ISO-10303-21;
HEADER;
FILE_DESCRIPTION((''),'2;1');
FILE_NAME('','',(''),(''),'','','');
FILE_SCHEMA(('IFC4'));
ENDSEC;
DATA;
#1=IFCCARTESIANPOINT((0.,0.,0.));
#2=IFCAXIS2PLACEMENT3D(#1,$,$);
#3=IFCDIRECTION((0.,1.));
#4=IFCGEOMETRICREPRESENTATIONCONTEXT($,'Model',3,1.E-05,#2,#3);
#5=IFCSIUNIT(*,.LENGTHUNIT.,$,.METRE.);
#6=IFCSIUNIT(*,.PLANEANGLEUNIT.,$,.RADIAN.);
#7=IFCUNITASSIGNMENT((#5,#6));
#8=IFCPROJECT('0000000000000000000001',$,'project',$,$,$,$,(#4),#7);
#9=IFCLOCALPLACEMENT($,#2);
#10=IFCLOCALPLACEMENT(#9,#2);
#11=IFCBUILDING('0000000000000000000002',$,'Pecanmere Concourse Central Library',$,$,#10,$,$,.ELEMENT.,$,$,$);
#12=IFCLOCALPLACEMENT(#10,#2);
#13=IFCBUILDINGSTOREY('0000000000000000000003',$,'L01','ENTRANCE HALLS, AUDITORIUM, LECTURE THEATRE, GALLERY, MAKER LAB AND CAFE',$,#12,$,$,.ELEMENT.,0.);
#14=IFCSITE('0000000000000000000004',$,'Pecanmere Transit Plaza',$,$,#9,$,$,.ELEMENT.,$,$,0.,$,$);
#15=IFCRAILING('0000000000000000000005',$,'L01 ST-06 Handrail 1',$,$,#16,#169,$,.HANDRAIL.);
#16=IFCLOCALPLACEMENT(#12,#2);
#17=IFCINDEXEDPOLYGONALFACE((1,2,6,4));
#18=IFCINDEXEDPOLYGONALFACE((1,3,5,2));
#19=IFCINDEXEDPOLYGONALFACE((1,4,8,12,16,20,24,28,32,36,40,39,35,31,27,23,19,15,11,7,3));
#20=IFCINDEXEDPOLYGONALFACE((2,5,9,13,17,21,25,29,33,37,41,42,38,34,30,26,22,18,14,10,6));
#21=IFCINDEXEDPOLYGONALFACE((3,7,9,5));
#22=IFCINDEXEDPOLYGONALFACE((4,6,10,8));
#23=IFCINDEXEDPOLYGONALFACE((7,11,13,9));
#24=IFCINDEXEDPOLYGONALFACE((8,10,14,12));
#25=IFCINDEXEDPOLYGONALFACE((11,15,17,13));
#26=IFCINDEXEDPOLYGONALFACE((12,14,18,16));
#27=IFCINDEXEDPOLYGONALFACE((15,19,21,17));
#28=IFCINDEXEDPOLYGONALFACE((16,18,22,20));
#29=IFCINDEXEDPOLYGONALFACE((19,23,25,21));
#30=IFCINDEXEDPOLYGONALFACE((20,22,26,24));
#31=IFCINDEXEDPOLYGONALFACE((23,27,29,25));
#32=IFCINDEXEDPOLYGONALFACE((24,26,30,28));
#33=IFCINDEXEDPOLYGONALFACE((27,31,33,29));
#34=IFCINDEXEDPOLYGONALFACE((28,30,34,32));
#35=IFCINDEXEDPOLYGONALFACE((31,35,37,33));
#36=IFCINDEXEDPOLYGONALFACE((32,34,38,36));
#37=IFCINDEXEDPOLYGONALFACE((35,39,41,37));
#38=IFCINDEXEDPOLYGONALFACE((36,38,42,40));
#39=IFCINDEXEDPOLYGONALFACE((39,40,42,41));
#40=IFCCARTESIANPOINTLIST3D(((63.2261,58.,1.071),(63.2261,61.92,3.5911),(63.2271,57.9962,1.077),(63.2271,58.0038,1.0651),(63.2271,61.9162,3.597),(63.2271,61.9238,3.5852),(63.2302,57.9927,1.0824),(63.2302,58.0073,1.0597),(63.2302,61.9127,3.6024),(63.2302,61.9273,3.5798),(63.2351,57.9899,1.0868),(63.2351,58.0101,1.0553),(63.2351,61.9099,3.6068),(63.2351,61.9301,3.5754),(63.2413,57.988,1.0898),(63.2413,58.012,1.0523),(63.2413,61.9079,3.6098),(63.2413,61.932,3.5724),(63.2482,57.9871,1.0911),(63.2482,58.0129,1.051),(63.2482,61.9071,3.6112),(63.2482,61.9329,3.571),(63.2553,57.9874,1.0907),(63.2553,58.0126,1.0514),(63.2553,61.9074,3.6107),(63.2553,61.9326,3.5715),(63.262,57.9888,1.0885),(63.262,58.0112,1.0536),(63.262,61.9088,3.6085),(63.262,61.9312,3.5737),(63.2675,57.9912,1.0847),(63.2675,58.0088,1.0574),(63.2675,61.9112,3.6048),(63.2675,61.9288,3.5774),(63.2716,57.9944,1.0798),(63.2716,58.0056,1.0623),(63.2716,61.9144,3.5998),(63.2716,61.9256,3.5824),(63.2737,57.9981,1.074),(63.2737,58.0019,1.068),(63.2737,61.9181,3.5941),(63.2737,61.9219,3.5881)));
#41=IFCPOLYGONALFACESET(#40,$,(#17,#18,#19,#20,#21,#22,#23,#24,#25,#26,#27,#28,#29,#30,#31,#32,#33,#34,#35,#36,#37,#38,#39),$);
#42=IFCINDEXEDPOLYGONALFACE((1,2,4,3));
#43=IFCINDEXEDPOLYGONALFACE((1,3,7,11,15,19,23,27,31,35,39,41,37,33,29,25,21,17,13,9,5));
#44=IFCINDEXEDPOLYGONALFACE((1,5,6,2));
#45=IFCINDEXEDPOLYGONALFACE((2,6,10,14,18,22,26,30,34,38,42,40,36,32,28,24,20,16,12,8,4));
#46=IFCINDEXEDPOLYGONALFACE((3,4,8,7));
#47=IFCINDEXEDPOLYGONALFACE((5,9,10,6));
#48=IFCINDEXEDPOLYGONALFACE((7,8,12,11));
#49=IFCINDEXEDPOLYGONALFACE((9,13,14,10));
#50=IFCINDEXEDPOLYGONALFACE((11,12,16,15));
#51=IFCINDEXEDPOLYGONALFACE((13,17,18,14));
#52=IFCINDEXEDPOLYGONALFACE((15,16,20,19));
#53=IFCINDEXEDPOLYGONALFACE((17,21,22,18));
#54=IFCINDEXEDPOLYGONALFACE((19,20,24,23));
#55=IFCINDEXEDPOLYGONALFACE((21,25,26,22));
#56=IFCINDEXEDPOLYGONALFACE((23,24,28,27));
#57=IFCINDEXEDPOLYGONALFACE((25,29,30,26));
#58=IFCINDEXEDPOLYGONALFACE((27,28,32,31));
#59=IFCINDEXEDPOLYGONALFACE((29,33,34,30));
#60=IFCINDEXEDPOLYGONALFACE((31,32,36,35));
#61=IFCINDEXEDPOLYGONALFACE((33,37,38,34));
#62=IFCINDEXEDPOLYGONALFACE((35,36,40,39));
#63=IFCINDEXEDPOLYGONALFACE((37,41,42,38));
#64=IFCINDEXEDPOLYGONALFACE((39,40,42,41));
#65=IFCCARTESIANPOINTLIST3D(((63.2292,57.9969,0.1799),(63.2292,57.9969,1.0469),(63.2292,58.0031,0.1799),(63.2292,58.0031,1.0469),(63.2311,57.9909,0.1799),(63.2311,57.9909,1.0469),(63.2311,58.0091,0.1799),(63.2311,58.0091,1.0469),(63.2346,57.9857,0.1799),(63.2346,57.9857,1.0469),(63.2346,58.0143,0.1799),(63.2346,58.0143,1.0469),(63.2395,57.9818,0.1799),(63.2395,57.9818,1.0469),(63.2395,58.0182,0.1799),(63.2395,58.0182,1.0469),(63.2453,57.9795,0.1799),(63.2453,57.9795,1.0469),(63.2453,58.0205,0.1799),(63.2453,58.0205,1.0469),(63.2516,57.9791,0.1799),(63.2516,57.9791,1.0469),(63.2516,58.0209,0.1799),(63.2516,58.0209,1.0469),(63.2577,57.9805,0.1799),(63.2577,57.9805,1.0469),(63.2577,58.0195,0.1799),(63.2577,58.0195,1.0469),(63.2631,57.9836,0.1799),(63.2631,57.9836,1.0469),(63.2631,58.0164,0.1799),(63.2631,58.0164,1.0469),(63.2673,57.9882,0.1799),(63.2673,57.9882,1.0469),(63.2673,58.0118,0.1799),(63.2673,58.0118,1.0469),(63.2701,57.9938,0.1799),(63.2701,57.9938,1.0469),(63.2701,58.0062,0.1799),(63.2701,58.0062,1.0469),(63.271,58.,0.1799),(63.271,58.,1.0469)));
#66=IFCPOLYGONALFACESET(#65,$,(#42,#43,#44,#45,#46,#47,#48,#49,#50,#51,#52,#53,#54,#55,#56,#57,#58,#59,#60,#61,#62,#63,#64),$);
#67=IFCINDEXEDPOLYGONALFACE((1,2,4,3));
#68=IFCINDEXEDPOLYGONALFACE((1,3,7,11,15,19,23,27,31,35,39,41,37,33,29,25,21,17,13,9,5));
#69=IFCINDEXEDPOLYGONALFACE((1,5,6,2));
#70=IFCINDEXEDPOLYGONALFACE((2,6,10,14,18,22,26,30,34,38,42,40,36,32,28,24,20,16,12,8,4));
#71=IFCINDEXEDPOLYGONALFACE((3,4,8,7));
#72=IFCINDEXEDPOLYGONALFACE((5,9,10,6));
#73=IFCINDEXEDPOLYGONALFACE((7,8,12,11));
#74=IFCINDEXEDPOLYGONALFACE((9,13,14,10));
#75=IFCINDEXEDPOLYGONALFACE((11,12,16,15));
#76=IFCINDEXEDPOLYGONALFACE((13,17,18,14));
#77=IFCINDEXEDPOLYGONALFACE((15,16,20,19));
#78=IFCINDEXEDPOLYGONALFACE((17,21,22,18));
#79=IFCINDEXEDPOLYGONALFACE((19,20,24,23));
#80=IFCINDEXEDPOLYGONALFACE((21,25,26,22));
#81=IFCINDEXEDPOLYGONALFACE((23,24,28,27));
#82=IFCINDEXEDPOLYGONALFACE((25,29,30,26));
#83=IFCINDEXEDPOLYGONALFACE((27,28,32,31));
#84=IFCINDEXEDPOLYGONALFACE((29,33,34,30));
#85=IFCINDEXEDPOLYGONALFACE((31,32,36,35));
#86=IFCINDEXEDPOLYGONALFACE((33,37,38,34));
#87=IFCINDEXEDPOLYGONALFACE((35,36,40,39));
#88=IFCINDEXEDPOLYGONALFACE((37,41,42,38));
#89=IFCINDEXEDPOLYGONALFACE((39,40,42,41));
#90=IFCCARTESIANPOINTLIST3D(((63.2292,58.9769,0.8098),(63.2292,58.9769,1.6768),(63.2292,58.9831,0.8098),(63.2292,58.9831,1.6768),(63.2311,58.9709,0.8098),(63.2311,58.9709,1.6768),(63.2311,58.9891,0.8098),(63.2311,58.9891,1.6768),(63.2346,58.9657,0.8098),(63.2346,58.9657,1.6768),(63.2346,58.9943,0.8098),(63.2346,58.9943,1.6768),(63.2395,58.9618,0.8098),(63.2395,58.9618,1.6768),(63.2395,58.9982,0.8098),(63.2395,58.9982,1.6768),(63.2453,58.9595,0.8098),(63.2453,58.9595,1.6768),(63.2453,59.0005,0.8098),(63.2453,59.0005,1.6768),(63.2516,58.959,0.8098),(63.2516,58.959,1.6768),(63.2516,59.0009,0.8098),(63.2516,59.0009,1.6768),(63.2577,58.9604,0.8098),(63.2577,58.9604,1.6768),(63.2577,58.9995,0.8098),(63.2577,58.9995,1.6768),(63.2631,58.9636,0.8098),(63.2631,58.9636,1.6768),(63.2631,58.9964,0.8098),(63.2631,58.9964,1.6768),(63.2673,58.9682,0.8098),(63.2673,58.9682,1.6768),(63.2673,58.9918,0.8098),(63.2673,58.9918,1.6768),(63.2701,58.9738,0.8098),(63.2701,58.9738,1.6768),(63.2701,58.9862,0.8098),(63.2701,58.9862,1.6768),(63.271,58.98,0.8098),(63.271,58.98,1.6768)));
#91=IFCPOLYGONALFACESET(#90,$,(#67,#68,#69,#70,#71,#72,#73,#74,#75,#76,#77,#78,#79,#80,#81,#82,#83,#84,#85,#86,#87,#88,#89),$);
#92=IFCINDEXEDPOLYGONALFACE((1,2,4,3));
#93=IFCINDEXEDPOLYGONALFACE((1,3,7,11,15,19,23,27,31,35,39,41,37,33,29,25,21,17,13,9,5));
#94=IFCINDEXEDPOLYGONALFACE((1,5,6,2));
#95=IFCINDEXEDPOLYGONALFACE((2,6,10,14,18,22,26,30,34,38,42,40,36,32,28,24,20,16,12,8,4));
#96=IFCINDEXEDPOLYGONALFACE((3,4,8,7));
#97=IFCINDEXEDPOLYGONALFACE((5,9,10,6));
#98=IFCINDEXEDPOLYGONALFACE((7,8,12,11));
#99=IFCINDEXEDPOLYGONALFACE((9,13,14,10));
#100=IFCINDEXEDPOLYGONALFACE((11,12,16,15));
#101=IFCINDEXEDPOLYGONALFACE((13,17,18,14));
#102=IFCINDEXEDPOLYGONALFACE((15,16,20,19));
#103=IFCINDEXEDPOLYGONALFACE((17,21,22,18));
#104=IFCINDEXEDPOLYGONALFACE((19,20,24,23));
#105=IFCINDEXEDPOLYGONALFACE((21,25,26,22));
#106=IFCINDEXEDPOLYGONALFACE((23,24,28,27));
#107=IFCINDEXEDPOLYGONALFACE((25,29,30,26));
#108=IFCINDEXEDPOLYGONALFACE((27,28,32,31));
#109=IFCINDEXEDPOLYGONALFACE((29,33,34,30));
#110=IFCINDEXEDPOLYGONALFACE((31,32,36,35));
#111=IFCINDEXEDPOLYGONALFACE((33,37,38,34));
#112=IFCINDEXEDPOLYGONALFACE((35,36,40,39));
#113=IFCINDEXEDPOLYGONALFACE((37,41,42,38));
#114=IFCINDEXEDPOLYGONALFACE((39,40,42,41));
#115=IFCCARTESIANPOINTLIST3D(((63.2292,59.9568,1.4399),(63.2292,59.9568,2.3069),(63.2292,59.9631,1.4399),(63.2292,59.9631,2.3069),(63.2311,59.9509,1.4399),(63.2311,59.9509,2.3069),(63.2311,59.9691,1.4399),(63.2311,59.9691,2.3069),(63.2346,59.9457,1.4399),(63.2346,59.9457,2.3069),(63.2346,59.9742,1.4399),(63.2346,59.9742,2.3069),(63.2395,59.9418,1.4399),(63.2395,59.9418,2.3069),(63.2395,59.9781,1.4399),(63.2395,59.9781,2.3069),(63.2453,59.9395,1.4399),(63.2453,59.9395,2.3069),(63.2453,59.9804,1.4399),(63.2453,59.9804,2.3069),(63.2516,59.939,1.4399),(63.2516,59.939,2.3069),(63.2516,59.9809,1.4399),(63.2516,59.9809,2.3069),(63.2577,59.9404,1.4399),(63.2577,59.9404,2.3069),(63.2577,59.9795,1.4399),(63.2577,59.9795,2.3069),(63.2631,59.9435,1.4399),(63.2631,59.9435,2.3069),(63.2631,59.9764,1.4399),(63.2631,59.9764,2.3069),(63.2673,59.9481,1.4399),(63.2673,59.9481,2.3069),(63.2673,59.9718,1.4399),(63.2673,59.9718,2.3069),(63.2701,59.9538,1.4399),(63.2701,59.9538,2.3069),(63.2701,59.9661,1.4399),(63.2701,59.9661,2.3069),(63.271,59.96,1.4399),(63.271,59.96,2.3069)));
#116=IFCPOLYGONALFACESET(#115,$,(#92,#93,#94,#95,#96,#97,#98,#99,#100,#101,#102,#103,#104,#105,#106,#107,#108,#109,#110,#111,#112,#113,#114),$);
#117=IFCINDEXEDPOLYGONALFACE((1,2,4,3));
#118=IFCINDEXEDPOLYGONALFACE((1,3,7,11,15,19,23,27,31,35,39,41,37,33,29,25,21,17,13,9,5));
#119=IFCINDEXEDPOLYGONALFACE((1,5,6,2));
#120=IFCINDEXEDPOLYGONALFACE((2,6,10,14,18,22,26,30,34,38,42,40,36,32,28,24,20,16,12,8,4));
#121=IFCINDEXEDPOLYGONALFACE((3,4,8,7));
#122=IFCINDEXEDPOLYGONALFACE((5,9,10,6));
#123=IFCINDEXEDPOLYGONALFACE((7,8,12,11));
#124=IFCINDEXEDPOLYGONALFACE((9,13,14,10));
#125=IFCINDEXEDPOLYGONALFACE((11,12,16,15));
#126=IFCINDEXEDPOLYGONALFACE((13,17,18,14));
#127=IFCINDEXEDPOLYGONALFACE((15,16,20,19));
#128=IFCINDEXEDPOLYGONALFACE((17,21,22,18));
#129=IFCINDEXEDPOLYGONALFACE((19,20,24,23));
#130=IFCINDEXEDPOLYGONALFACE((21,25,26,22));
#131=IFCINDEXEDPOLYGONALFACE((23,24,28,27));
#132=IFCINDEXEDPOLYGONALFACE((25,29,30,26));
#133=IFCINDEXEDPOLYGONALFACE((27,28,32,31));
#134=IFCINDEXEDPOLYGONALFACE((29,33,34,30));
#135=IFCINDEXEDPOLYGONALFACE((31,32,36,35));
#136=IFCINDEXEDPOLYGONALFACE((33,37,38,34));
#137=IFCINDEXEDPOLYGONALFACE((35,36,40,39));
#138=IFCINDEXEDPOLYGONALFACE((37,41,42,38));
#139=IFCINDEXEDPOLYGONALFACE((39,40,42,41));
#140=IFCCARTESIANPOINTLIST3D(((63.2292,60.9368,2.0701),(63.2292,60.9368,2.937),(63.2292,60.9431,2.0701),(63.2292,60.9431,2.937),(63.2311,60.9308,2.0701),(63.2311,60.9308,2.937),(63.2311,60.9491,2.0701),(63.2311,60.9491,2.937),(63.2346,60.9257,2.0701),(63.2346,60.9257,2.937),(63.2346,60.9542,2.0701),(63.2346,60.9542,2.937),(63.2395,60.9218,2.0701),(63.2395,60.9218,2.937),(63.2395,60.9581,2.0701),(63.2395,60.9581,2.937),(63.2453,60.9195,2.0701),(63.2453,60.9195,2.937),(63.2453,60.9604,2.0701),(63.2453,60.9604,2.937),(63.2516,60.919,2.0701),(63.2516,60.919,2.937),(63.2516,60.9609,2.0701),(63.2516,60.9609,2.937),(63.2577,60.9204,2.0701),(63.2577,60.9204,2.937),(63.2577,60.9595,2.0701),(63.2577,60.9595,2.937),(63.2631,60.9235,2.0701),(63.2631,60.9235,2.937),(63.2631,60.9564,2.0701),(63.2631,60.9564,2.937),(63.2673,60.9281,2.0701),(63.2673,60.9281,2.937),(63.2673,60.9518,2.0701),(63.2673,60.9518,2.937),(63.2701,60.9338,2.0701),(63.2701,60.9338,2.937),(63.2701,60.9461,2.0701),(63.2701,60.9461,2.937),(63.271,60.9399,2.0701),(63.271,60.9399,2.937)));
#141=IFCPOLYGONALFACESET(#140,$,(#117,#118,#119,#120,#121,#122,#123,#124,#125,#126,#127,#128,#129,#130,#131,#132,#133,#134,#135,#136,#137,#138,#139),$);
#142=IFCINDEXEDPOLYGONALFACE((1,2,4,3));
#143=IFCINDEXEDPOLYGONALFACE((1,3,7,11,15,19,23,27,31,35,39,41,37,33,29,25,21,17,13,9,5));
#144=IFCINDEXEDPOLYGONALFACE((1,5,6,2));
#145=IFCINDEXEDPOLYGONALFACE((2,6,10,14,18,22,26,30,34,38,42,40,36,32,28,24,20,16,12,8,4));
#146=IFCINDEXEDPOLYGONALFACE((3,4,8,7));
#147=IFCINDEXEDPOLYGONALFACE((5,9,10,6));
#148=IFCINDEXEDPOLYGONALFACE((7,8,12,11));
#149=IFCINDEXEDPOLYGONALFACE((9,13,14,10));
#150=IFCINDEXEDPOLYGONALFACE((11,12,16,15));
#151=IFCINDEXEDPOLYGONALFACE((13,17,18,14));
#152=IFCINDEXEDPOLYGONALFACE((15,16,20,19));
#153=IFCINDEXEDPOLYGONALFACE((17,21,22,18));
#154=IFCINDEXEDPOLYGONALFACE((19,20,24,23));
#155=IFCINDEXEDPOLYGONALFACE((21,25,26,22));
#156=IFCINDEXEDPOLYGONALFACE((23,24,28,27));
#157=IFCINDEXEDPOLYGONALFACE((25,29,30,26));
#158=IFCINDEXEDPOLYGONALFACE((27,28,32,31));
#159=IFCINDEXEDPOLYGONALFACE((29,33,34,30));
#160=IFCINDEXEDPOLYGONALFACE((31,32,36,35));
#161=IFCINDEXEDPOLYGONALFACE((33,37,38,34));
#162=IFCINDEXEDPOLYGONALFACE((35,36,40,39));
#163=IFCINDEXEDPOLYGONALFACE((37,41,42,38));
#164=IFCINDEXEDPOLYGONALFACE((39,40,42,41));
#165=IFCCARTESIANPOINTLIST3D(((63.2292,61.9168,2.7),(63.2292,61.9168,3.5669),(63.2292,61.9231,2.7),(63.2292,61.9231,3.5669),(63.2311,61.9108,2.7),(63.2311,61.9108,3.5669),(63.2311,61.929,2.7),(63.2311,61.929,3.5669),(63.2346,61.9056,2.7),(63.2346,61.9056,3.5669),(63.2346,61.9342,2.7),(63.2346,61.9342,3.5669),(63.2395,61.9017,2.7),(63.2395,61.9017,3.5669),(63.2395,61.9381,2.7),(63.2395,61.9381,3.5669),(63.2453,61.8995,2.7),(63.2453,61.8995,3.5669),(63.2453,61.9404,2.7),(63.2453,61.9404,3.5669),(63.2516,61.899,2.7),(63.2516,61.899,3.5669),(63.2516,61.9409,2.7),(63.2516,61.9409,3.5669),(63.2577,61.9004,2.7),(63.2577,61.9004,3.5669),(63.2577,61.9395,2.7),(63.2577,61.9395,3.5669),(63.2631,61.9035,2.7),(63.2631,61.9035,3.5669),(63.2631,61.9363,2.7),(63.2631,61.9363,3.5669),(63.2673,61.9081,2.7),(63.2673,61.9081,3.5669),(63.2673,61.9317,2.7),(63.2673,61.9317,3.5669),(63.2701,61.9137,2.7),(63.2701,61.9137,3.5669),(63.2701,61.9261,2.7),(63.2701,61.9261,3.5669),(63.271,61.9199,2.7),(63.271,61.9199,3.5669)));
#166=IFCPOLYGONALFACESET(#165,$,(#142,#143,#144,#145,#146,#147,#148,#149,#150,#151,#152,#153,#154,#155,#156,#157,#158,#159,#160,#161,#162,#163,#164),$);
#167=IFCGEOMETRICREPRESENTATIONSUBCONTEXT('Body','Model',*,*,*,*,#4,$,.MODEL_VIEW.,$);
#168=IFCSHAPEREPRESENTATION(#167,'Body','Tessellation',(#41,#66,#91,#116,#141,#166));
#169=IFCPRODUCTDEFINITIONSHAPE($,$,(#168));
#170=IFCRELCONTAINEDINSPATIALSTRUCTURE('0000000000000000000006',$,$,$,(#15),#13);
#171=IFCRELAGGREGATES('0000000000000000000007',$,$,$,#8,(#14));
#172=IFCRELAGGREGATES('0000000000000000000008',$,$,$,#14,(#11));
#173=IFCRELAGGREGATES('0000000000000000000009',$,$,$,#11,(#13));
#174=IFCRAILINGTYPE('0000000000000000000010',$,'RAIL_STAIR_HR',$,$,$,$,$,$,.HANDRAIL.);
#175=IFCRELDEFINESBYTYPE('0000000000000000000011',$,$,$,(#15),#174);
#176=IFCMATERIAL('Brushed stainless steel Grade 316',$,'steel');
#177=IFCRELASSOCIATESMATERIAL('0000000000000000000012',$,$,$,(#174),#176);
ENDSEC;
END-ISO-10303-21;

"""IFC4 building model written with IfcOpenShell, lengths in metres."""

from ifc_helpers import new_model, si_unit, direction, frame, origin, origin_2d, place, context, subcontext, project, spatial, circle, extrude, material, type_object, element, save


model = new_model("IFC4")

# Units and contexts
model_context = context("Model", 3, precision=1e-05, world=origin(), true_north=direction((0.0, 1.0)))
body_context = subcontext(model_context, "Body", "Model", "MODEL_VIEW")
ifc_project = project(units=[si_unit("LENGTHUNIT", "METRE"), si_unit("PLANEANGLEUNIT", "RADIAN")], contexts=[model_context])

# Site, building, storey
site_placement = place(None, origin())
site = spatial("IfcSite", under=ifc_project, at=site_placement, Name="Pecanmere Transit Plaza", CompositionType="ELEMENT", RefElevation=0.0)
building_placement = place(site_placement, origin())
building = spatial("IfcBuilding", under=site, at=building_placement, Name="Pecanmere Concourse Central Library", CompositionType="ELEMENT")
storey_placement = place(building_placement, origin())
storey = spatial("IfcBuildingStorey", under=building, at=storey_placement, Name="L01", Description="ENTRANCE HALLS, AUDITORIUM, LECTURE THEATRE, GALLERY, MAKER LAB AND CAFE", CompositionType="ELEMENT", Elevation=0.0)

# Railing
ifc_material_1 = material(Name="Brushed stainless steel Grade 316", Category="steel")
railing_type = type_object("IfcRailingType", Name="RAIL_STAIR_HR", PredefinedType="HANDRAIL", material=ifc_material_1)
railing_placement = place(storey_placement, frame((63.25, 58.0, 0.1799)))
element("IfcRailing", 1, at=railing_placement, inside=storey, type_object=railing_type, Name="L01 ST-06 Handrail 1", PredefinedType="HANDRAIL", context=body_context, shape_type="SweptSolid", body=[
    extrude(circle(Radius=0.0239, at=origin_2d()), frame((0.0, 0.0, 0.8911), z_axis=(0.0, 0.841172, 0.540768), x_axis=(-1.0, 0.0, 0.0)), (0.0, 0.0, 1.0), 4.6602),
    extrude(circle(Radius=0.021, at=origin_2d()), origin(), (0.0, 0.0, 1.0), 0.8669),
    extrude(circle(Radius=0.021, at=origin_2d()), frame((0.0, 0.98, 0.6299)), (0.0, 0.0, 1.0), 0.8669),
    extrude(circle(Radius=0.021, at=origin_2d()), frame((0.0, 1.96, 1.26)), (0.0, 0.0, 1.0), 0.8669),
    extrude(circle(Radius=0.021, at=origin_2d()), frame((0.0, 2.9399, 1.8901)), (0.0, 0.0, 1.0), 0.8669),
    extrude(circle(Radius=0.021, at=origin_2d()), frame((0.0, 3.9199, 2.52)), (0.0, 0.0, 1.0), 0.8669),
])

save(model, "model.ifc")
